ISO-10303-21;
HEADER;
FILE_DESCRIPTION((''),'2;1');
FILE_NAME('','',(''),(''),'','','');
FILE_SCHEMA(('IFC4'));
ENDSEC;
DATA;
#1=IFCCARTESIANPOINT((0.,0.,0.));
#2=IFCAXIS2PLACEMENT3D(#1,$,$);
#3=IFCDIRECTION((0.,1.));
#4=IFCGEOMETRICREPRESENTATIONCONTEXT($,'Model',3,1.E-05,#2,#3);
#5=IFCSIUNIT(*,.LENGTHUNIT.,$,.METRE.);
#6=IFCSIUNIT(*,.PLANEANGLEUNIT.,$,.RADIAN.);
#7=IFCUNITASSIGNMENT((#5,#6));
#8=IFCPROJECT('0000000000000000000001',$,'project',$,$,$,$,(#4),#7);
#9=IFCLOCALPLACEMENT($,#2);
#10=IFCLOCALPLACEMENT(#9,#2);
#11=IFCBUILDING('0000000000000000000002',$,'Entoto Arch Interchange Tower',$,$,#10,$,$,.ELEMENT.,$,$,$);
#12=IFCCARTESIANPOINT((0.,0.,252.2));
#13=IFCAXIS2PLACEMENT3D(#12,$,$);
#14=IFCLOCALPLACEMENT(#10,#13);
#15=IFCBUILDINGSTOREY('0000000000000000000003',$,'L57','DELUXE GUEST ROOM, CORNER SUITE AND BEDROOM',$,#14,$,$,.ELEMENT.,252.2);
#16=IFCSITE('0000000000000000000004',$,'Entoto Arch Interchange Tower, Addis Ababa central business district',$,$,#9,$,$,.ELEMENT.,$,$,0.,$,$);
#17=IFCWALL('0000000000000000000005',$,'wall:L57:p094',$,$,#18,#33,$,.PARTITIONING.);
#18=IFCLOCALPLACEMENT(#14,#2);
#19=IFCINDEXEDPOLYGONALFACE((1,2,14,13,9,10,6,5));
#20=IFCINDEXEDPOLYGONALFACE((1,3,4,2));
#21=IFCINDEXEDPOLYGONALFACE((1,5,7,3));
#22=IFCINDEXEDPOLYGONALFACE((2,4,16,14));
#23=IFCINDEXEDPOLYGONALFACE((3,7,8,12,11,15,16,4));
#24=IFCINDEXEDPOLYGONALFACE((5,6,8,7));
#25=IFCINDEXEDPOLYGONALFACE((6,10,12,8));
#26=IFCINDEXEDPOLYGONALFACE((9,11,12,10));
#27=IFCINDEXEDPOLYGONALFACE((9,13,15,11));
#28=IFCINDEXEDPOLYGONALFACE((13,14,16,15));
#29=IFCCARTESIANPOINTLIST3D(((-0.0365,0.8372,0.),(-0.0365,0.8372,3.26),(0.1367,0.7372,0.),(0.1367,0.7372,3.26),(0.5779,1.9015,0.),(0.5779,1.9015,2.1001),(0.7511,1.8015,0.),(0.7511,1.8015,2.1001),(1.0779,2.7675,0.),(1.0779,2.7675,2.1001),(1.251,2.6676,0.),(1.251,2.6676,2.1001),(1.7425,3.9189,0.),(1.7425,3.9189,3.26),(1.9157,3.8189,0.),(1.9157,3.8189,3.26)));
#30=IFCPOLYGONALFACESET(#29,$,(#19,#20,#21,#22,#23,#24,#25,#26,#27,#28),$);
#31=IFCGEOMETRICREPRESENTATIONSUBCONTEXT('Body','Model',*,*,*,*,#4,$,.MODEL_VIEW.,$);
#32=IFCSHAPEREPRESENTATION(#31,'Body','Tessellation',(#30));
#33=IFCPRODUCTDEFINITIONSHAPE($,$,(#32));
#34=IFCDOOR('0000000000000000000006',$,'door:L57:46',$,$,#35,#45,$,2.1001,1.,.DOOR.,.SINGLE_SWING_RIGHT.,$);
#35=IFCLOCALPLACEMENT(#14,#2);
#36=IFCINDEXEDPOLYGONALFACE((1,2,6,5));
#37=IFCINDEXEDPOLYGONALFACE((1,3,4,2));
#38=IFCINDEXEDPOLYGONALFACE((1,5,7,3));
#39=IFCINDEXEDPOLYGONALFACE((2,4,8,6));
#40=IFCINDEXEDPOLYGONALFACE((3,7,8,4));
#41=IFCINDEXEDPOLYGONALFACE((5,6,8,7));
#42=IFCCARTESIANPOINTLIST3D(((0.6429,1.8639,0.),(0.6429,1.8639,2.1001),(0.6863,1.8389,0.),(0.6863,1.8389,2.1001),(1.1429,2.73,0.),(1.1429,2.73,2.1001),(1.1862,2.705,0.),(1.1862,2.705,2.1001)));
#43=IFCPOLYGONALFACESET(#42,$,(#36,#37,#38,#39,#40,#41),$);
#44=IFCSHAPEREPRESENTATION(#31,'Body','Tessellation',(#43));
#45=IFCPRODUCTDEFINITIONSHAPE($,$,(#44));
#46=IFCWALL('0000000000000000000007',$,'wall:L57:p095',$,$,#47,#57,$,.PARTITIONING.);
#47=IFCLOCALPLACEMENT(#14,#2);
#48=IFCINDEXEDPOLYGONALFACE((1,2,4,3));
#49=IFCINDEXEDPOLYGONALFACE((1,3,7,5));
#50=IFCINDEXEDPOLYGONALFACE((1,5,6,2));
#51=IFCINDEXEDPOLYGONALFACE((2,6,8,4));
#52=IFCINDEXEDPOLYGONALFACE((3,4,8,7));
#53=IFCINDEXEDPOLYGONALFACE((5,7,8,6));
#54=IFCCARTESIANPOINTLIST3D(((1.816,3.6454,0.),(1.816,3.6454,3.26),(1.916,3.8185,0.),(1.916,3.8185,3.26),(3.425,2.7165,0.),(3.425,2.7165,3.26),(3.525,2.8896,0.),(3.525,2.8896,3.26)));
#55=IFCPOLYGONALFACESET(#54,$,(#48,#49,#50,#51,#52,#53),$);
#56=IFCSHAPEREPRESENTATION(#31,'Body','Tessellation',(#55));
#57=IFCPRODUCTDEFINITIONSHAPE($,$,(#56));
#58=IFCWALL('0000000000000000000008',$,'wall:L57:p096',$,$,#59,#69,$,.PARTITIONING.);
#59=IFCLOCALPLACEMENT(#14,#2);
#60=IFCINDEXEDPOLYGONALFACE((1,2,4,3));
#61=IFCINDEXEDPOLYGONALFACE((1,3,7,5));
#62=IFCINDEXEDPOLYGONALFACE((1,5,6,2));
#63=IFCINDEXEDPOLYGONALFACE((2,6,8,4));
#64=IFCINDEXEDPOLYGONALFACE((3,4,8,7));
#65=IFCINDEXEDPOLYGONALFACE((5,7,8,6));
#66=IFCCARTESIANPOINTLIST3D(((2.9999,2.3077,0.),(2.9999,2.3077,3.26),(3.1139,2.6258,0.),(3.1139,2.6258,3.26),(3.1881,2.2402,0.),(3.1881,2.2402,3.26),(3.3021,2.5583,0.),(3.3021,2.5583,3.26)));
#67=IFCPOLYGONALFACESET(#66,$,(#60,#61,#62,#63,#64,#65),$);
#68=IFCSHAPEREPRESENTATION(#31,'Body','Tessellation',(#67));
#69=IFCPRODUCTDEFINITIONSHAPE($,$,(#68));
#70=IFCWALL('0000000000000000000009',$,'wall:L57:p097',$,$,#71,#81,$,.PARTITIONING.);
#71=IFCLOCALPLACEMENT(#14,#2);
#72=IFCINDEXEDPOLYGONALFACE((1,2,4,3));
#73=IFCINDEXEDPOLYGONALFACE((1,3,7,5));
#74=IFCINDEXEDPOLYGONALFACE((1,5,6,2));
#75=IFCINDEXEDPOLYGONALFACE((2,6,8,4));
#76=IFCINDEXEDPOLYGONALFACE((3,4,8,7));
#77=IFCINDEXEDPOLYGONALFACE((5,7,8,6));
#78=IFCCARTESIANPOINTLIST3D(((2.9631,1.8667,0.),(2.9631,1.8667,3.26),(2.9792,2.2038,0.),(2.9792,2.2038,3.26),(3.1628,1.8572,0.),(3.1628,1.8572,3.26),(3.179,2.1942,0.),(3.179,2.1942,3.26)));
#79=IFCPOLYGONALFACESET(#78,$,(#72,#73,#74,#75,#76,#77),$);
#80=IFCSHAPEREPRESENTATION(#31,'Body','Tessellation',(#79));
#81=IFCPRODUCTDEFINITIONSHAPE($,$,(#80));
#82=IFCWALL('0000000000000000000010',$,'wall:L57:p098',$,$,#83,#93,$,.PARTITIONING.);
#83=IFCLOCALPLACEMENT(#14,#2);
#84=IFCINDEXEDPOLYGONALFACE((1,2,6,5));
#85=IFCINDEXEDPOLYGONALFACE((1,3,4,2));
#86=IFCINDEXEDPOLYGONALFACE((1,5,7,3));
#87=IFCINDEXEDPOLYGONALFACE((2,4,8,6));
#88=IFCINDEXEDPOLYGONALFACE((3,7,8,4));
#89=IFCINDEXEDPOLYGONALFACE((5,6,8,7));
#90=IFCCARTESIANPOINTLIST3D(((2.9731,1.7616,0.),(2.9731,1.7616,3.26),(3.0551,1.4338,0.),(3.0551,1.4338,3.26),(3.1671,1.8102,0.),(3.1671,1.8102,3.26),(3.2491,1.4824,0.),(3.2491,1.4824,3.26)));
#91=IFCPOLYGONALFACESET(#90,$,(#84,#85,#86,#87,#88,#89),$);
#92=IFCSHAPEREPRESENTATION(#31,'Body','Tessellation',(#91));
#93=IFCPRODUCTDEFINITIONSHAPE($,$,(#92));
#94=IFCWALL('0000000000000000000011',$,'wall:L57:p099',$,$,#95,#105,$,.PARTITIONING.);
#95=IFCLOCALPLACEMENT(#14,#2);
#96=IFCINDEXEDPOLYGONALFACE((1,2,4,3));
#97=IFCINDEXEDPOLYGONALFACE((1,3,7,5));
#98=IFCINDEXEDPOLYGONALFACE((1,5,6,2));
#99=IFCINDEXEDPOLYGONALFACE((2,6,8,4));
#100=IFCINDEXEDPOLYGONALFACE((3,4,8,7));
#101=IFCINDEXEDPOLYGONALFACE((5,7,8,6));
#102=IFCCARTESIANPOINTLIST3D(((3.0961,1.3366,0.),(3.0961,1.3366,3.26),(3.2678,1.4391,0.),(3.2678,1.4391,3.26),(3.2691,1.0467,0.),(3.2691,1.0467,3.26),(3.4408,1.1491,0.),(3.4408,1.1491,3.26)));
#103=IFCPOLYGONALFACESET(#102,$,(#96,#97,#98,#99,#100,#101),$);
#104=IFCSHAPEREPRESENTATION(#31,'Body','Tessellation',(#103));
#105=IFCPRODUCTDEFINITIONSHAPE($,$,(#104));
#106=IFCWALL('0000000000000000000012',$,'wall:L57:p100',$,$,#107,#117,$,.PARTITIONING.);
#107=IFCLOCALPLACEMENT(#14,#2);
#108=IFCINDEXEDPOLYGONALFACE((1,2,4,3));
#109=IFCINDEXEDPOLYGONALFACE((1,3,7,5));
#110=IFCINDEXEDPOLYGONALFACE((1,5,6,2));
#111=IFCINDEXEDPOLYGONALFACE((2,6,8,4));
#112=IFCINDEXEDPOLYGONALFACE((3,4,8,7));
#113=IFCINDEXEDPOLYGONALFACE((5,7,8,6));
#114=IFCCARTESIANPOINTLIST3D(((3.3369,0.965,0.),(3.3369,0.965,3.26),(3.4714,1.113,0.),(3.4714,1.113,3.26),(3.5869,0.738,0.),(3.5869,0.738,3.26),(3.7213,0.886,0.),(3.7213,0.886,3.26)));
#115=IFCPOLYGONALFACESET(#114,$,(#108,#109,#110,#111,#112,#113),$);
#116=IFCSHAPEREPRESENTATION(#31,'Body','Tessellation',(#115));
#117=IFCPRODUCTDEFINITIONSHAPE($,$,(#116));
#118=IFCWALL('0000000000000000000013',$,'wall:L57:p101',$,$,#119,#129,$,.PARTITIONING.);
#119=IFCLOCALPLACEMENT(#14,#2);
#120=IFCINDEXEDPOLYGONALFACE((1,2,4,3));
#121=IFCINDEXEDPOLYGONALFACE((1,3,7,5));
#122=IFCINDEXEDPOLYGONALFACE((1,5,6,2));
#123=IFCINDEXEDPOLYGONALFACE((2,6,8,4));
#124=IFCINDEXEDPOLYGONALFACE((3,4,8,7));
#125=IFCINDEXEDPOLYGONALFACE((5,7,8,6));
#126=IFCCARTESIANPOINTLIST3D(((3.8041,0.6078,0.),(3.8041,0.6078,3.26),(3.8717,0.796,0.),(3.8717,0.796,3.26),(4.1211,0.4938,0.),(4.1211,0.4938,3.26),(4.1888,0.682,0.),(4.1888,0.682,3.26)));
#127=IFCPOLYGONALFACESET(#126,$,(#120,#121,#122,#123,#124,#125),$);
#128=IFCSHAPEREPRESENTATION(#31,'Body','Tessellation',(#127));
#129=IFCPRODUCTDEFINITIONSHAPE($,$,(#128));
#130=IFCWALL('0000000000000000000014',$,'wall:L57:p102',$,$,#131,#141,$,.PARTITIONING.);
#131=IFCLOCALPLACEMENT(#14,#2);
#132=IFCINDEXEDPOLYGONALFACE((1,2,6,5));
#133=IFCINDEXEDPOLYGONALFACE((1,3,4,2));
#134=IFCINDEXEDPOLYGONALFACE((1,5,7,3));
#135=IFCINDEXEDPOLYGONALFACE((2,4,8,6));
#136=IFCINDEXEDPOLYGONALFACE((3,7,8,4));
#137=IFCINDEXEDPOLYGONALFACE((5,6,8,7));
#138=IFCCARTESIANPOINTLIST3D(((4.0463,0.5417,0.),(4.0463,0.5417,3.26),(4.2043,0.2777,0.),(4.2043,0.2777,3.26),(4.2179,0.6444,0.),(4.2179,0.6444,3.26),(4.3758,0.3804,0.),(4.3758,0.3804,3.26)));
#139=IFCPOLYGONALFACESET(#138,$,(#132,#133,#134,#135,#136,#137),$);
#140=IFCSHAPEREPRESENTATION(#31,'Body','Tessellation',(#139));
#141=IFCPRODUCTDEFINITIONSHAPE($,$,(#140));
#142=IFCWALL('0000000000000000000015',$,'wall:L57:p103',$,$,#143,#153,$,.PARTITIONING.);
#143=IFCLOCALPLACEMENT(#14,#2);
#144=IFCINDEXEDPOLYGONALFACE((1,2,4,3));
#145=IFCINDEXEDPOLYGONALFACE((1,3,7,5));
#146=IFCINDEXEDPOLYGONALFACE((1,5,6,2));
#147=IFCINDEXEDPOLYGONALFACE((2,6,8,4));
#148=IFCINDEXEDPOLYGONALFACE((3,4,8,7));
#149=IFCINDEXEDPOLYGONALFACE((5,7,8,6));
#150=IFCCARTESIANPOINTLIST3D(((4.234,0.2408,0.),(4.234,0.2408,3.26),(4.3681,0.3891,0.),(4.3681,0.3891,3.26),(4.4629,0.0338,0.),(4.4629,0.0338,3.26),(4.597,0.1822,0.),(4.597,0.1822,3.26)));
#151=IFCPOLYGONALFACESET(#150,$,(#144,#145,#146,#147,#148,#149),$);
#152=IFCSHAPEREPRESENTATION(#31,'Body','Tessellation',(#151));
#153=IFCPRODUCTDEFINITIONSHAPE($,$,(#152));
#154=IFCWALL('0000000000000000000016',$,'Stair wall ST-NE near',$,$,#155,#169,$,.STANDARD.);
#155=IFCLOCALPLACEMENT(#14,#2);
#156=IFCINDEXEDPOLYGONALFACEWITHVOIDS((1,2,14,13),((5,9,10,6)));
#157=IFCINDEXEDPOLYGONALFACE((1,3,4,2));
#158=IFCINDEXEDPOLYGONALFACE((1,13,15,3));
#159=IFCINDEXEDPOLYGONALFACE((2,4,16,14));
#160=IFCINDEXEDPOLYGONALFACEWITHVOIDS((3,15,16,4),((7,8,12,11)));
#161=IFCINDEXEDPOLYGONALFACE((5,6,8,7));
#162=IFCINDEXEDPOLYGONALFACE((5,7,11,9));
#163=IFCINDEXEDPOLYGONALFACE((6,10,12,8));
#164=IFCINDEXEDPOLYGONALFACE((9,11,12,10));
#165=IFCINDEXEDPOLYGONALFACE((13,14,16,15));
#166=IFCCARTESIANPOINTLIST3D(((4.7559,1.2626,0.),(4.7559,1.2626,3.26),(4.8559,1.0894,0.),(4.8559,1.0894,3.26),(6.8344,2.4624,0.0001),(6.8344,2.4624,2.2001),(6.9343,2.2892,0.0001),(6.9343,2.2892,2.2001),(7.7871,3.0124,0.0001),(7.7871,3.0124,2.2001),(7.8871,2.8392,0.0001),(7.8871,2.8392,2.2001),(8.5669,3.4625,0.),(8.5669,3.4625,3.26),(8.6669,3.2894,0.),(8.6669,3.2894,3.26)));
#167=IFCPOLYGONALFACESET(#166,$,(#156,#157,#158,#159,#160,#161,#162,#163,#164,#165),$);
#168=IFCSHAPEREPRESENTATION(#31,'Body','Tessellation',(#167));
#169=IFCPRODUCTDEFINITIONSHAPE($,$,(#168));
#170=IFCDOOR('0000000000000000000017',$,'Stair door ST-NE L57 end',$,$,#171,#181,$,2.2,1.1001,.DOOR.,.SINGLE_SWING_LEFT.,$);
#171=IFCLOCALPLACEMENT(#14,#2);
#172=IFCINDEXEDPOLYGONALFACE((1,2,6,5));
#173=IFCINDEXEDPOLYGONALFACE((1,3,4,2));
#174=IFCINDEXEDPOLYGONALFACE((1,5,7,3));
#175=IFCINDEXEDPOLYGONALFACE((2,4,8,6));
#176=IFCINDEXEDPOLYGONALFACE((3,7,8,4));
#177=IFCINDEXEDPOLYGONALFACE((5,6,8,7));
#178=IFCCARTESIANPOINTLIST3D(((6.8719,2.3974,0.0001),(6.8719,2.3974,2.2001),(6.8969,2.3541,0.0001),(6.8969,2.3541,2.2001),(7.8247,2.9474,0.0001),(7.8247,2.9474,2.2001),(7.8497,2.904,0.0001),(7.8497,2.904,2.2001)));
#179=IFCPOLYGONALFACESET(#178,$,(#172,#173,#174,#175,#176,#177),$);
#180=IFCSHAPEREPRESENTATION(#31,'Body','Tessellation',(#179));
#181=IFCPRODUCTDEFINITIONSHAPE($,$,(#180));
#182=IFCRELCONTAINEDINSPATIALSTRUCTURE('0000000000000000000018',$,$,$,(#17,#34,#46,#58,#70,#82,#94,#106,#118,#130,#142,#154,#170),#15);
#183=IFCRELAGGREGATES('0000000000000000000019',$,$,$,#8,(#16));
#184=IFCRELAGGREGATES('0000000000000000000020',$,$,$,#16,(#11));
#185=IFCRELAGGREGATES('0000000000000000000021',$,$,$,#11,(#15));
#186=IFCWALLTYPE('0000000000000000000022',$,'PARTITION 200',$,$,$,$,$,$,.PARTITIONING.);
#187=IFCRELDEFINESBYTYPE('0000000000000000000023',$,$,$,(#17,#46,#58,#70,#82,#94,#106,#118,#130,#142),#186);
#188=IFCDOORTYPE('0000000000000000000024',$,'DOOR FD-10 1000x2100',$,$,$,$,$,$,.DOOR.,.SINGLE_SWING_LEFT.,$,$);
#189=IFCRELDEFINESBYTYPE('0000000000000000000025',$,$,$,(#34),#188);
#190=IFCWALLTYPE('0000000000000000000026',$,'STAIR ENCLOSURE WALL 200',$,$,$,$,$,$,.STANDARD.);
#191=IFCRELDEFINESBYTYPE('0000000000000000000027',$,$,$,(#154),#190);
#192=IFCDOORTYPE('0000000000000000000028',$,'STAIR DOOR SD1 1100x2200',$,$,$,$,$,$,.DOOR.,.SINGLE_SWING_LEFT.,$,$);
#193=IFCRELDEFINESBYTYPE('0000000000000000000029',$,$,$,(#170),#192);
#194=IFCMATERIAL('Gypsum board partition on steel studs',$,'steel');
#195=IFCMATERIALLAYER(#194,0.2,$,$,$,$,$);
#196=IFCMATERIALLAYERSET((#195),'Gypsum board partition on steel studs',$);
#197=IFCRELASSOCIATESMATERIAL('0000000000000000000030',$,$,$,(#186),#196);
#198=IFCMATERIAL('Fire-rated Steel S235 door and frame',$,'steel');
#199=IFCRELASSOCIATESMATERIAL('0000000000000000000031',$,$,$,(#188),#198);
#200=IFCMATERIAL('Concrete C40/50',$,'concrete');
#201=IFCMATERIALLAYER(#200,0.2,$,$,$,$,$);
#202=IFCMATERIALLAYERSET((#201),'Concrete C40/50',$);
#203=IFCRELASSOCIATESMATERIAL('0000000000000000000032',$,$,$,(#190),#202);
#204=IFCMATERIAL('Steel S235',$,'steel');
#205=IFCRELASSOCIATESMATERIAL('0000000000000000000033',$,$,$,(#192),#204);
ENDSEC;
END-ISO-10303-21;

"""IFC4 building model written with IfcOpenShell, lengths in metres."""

from ifc_helpers import new_model, si_unit, direction, frame, frame_2d, origin, place, context, subcontext, project, spatial, rectangle, extrude, material, layer, layer_set, type_object, element, fill, save


model = new_model("IFC4")

# Units and contexts
model_context = context("Model", 3, precision=1e-05, world=origin(), true_north=direction((0.0, 1.0)))
body_context = subcontext(model_context, "Body", "Model", "MODEL_VIEW")
ifc_project = project(units=[si_unit("LENGTHUNIT", "METRE"), si_unit("PLANEANGLEUNIT", "RADIAN")], contexts=[model_context])

# Site, building, storey
site_placement = place(None, origin())
site = spatial("IfcSite", under=ifc_project, at=site_placement, Name="Entoto Arch Interchange Tower, Addis Ababa central business district", CompositionType="ELEMENT", RefElevation=0.0)
building_placement = place(site_placement, origin())
building = spatial("IfcBuilding", under=site, at=building_placement, Name="Entoto Arch Interchange Tower", CompositionType="ELEMENT")
storey_placement = place(building_placement, frame((0.0, 0.0, 252.2)))
storey = spatial("IfcBuildingStorey", under=building, at=storey_placement, Name="L57", Description="DELUXE GUEST ROOM, CORNER SUITE AND BEDROOM", CompositionType="ELEMENT", Elevation=252.2)

# Shared definitions
ifc_material_1 = material(Name="Concrete C40/50", Category="concrete")

# Wall, opening, door
ifc_material_2 = material(Name="Gypsum board partition on steel studs", Category="steel")
ifc_layer_1 = layer(ifc_material_2, 0.2)
ifc_layer_set_1 = layer_set([ifc_layer_1], Name="Gypsum board partition on steel studs")
wall_type_1 = type_object("IfcWallType", Name="PARTITION 200", PredefinedType="PARTITIONING", material=ifc_layer_set_1)
wall_1_placement = place(storey_placement, frame((0.05, 0.7871, 0.0), z_axis=(0.0, 0.0, 1.0), x_axis=(0.499954, 0.866052, 0.0)))
wall_1 = element("IfcWall", 1, at=wall_1_placement, inside=storey, type_object=wall_type_1, Name="wall:L57:p094", PredefinedType="PARTITIONING", context=body_context, shape_type="SweptSolid", body=[
    extrude(rectangle(XDim=3.5583, YDim=0.2, at=frame_2d((1.7793, 0.0))), origin(), (0.0, 0.0, 1.0), 3.26),
])
opening_1_placement = place(wall_1_placement, frame((1.229, 0.0, 0.0)))
opening_1 = element("IfcOpeningElement", 2, at=opening_1_placement, cuts=wall_1, PredefinedType="OPENING", context=body_context, shape_type="SweptSolid", body=[
    extrude(rectangle(XDim=1.0, YDim=2.1001, at=frame_2d((0.5, 1.05))), frame((0.0, 0.1099, 0.0), z_axis=(0.0, -1.0, 0.0), x_axis=(1.0, 0.0, 0.0)), (0.0, 0.0, 1.0), 0.22),
])
ifc_material_3 = material(Name="Fire-rated Steel S235 door and frame", Category="steel")
door_type_1 = type_object("IfcDoorType", Name="DOOR FD-10 1000x2100", OperationType="SINGLE_SWING_LEFT", PredefinedType="DOOR", material=ifc_material_3)
door_1_placement = place(opening_1_placement, origin())
door_1 = element("IfcDoor", 3, at=door_1_placement, inside=storey, type_object=door_type_1, Name="door:L57:46", OperationType="SINGLE_SWING_RIGHT", OverallHeight=2.1001, OverallWidth=1.0, PredefinedType="DOOR", context=body_context, shape_type="SweptSolid", body=[
    extrude(rectangle(XDim=1.0, YDim=2.1001, at=frame_2d((0.5, 1.05))), frame((0.0, 0.0249, 0.0), z_axis=(0.0, -1.0, 0.0), x_axis=(1.0, 0.0, 0.0)), (0.0, 0.0, 1.0), 0.05),
])
fill(opening_1, door_1)

# Walls
wall_2_placement = place(storey_placement, frame((1.866, 3.7319, 0.0), z_axis=(0.0, 0.0, 1.0), x_axis=(0.866043, -0.499969, 0.0)))
element("IfcWall", 4, at=wall_2_placement, inside=storey, type_object=wall_type_1, Name="wall:L57:p095", PredefinedType="PARTITIONING", context=body_context, shape_type="SweptSolid", body=[
    extrude(rectangle(XDim=1.8579, YDim=0.2, at=frame_2d((0.929, 0.0))), origin(), (0.0, 0.0, 1.0), 3.26),
])
wall_3_placement = place(storey_placement, frame((3.208, 2.592, 0.0), z_axis=(0.0, 0.0, 1.0), x_axis=(-0.337389, -0.941365, 0.0)))
element("IfcWall", 5, at=wall_3_placement, inside=storey, type_object=wall_type_1, Name="wall:L57:p096", PredefinedType="PARTITIONING", context=body_context, shape_type="SweptSolid", body=[
    extrude(rectangle(XDim=0.3379, YDim=0.2, at=frame_2d((0.1689, 0.0))), origin(), (0.0, 0.0, 1.0), 3.26),
])
wall_4_placement = place(storey_placement, frame((3.0791, 2.199, 0.0), z_axis=(0.0, 0.0, 1.0), x_axis=(-0.047771, -0.998858, 0.0)))
element("IfcWall", 6, at=wall_4_placement, inside=storey, type_object=wall_type_1, Name="wall:L57:p097", PredefinedType="PARTITIONING", context=body_context, shape_type="SweptSolid", body=[
    extrude(rectangle(XDim=0.3374, YDim=0.2, at=frame_2d((0.1687, 0.0))), origin(), (0.0, 0.0, 1.0), 3.26),
])
wall_5_placement = place(storey_placement, frame((3.0701, 1.7859, 0.0), z_axis=(0.0, 0.0, 1.0), x_axis=(0.242706, -0.9701, 0.0)))
element("IfcWall", 7, at=wall_5_placement, inside=storey, type_object=wall_type_1, Name="wall:L57:p098", PredefinedType="PARTITIONING", context=body_context, shape_type="SweptSolid", body=[
    extrude(rectangle(XDim=0.3379, YDim=0.2, at=frame_2d((0.1689, 0.0))), origin(), (0.0, 0.0, 1.0), 3.26),
])
for number, where, z_axis, x_axis, name in (
    (8, (3.1819, 1.3879, 0.0), (0.0, 0.0, 1.0), (0.512475, -0.858702, 0.0), "wall:L57:p099"),
    (9, (3.4041, 1.0391, 0.0), (0.0, 0.0, 1.0), (0.740267, -0.672313, 0.0), "wall:L57:p100"),
):
    element("IfcWall", number, at=place(storey_placement, frame(where, z_axis=z_axis, x_axis=x_axis)), inside=storey, type_object=wall_type_1, Name=name, PredefinedType="PARTITIONING", context=body_context, shape_type="SweptSolid", body=[
        extrude(rectangle(XDim=0.3376, YDim=0.2, at=frame_2d((0.1689, 0.0))), origin(), (0.0, 0.0, 1.0), 3.26),
    ])
wall_6_placement = place(storey_placement, frame((3.8379, 0.7019, 0.0), z_axis=(0.0, 0.0, 1.0), x_axis=(0.941035, -0.338309, 0.0)))
element("IfcWall", 10, at=wall_6_placement, inside=storey, type_object=wall_type_1, Name="wall:L57:p101", PredefinedType="PARTITIONING", context=body_context, shape_type="SweptSolid", body=[
    extrude(rectangle(XDim=0.3369, YDim=0.2, at=frame_2d((0.1685, 0.0))), origin(), (0.0, 0.0, 1.0), 3.26),
])
wall_7_placement = place(storey_placement, frame((4.1321, 0.593, 0.0), z_axis=(0.0, 0.0, 1.0), x_axis=(0.513562, -0.858053, 0.0)))
element("IfcWall", 11, at=wall_7_placement, inside=storey, type_object=wall_type_1, Name="wall:L57:p102", PredefinedType="PARTITIONING", context=body_context, shape_type="SweptSolid", body=[
    extrude(rectangle(XDim=0.3076, YDim=0.2, at=frame_2d((0.1538, 0.0))), origin(), (0.0, 0.0, 1.0), 3.26),
])
wall_8_placement = place(storey_placement, frame((4.301, 0.3149, 0.0), z_axis=(0.0, 0.0, 1.0), x_axis=(0.741798, -0.670623, 0.0)))
element("IfcWall", 12, at=wall_8_placement, inside=storey, type_object=wall_type_1, Name="wall:L57:p103", PredefinedType="PARTITIONING", context=body_context, shape_type="SweptSolid", body=[
    extrude(rectangle(XDim=0.3086, YDim=0.2, at=frame_2d((0.1543, 0.0))), origin(), (0.0, 0.0, 1.0), 3.26),
])

# Wall, opening, door
ifc_layer_2 = layer(ifc_material_1, 0.2)
ifc_layer_set_2 = layer_set([ifc_layer_2], Name="Concrete C40/50")
wall_type_2 = type_object("IfcWallType", Name="STAIR ENCLOSURE WALL 200", PredefinedType="STANDARD", material=ifc_layer_set_2)
wall_9_placement = place(storey_placement, frame((4.8059, 1.176, 0.0), z_axis=(0.0, 0.0, 1.0), x_axis=(0.86606, 0.49994, 0.0)))
wall_9 = element("IfcWall", 13, at=wall_9_placement, inside=storey, type_object=wall_type_2, Name="Stair wall ST-NE near", PredefinedType="STANDARD", context=body_context, shape_type="SweptSolid", body=[
    extrude(rectangle(XDim=4.4004, YDim=0.2, at=frame_2d((2.2002, 0.0))), origin(), (0.0, 0.0, 1.0), 3.26),
])
opening_2_placement = place(wall_9_placement, frame((2.3999, 0.0, 0.0)))
opening_2 = element("IfcOpeningElement", 14, at=opening_2_placement, cuts=wall_9, PredefinedType="OPENING", context=body_context, shape_type="SweptSolid", body=[
    extrude(rectangle(XDim=1.1001, YDim=2.2, at=frame_2d((0.55, 1.1001))), frame((0.0, 0.1099, 0.0), z_axis=(0.0, -1.0, 0.0), x_axis=(1.0, 0.0, 0.0)), (0.0, 0.0, 1.0), 0.22),
])
ifc_material_4 = material(Name="Steel S235", Category="steel")
door_type_2 = type_object("IfcDoorType", Name="STAIR DOOR SD1 1100x2200", OperationType="SINGLE_SWING_LEFT", PredefinedType="DOOR", material=ifc_material_4)
door_2_placement = place(opening_2_placement, origin())
door_2 = element("IfcDoor", 15, at=door_2_placement, inside=storey, type_object=door_type_2, Name="Stair door ST-NE L57 end", OperationType="SINGLE_SWING_LEFT", OverallHeight=2.2, OverallWidth=1.1001, PredefinedType="DOOR", context=body_context, shape_type="SweptSolid", body=[
    extrude(rectangle(XDim=1.1001, YDim=2.2, at=frame_2d((0.55, 1.1001))), frame((0.0, 0.0249, 0.0), z_axis=(0.0, -1.0, 0.0), x_axis=(1.0, 0.0, 0.0)), (0.0, 0.0, 1.0), 0.05),
])
fill(opening_2, door_2)

save(model, "model.ifc")
